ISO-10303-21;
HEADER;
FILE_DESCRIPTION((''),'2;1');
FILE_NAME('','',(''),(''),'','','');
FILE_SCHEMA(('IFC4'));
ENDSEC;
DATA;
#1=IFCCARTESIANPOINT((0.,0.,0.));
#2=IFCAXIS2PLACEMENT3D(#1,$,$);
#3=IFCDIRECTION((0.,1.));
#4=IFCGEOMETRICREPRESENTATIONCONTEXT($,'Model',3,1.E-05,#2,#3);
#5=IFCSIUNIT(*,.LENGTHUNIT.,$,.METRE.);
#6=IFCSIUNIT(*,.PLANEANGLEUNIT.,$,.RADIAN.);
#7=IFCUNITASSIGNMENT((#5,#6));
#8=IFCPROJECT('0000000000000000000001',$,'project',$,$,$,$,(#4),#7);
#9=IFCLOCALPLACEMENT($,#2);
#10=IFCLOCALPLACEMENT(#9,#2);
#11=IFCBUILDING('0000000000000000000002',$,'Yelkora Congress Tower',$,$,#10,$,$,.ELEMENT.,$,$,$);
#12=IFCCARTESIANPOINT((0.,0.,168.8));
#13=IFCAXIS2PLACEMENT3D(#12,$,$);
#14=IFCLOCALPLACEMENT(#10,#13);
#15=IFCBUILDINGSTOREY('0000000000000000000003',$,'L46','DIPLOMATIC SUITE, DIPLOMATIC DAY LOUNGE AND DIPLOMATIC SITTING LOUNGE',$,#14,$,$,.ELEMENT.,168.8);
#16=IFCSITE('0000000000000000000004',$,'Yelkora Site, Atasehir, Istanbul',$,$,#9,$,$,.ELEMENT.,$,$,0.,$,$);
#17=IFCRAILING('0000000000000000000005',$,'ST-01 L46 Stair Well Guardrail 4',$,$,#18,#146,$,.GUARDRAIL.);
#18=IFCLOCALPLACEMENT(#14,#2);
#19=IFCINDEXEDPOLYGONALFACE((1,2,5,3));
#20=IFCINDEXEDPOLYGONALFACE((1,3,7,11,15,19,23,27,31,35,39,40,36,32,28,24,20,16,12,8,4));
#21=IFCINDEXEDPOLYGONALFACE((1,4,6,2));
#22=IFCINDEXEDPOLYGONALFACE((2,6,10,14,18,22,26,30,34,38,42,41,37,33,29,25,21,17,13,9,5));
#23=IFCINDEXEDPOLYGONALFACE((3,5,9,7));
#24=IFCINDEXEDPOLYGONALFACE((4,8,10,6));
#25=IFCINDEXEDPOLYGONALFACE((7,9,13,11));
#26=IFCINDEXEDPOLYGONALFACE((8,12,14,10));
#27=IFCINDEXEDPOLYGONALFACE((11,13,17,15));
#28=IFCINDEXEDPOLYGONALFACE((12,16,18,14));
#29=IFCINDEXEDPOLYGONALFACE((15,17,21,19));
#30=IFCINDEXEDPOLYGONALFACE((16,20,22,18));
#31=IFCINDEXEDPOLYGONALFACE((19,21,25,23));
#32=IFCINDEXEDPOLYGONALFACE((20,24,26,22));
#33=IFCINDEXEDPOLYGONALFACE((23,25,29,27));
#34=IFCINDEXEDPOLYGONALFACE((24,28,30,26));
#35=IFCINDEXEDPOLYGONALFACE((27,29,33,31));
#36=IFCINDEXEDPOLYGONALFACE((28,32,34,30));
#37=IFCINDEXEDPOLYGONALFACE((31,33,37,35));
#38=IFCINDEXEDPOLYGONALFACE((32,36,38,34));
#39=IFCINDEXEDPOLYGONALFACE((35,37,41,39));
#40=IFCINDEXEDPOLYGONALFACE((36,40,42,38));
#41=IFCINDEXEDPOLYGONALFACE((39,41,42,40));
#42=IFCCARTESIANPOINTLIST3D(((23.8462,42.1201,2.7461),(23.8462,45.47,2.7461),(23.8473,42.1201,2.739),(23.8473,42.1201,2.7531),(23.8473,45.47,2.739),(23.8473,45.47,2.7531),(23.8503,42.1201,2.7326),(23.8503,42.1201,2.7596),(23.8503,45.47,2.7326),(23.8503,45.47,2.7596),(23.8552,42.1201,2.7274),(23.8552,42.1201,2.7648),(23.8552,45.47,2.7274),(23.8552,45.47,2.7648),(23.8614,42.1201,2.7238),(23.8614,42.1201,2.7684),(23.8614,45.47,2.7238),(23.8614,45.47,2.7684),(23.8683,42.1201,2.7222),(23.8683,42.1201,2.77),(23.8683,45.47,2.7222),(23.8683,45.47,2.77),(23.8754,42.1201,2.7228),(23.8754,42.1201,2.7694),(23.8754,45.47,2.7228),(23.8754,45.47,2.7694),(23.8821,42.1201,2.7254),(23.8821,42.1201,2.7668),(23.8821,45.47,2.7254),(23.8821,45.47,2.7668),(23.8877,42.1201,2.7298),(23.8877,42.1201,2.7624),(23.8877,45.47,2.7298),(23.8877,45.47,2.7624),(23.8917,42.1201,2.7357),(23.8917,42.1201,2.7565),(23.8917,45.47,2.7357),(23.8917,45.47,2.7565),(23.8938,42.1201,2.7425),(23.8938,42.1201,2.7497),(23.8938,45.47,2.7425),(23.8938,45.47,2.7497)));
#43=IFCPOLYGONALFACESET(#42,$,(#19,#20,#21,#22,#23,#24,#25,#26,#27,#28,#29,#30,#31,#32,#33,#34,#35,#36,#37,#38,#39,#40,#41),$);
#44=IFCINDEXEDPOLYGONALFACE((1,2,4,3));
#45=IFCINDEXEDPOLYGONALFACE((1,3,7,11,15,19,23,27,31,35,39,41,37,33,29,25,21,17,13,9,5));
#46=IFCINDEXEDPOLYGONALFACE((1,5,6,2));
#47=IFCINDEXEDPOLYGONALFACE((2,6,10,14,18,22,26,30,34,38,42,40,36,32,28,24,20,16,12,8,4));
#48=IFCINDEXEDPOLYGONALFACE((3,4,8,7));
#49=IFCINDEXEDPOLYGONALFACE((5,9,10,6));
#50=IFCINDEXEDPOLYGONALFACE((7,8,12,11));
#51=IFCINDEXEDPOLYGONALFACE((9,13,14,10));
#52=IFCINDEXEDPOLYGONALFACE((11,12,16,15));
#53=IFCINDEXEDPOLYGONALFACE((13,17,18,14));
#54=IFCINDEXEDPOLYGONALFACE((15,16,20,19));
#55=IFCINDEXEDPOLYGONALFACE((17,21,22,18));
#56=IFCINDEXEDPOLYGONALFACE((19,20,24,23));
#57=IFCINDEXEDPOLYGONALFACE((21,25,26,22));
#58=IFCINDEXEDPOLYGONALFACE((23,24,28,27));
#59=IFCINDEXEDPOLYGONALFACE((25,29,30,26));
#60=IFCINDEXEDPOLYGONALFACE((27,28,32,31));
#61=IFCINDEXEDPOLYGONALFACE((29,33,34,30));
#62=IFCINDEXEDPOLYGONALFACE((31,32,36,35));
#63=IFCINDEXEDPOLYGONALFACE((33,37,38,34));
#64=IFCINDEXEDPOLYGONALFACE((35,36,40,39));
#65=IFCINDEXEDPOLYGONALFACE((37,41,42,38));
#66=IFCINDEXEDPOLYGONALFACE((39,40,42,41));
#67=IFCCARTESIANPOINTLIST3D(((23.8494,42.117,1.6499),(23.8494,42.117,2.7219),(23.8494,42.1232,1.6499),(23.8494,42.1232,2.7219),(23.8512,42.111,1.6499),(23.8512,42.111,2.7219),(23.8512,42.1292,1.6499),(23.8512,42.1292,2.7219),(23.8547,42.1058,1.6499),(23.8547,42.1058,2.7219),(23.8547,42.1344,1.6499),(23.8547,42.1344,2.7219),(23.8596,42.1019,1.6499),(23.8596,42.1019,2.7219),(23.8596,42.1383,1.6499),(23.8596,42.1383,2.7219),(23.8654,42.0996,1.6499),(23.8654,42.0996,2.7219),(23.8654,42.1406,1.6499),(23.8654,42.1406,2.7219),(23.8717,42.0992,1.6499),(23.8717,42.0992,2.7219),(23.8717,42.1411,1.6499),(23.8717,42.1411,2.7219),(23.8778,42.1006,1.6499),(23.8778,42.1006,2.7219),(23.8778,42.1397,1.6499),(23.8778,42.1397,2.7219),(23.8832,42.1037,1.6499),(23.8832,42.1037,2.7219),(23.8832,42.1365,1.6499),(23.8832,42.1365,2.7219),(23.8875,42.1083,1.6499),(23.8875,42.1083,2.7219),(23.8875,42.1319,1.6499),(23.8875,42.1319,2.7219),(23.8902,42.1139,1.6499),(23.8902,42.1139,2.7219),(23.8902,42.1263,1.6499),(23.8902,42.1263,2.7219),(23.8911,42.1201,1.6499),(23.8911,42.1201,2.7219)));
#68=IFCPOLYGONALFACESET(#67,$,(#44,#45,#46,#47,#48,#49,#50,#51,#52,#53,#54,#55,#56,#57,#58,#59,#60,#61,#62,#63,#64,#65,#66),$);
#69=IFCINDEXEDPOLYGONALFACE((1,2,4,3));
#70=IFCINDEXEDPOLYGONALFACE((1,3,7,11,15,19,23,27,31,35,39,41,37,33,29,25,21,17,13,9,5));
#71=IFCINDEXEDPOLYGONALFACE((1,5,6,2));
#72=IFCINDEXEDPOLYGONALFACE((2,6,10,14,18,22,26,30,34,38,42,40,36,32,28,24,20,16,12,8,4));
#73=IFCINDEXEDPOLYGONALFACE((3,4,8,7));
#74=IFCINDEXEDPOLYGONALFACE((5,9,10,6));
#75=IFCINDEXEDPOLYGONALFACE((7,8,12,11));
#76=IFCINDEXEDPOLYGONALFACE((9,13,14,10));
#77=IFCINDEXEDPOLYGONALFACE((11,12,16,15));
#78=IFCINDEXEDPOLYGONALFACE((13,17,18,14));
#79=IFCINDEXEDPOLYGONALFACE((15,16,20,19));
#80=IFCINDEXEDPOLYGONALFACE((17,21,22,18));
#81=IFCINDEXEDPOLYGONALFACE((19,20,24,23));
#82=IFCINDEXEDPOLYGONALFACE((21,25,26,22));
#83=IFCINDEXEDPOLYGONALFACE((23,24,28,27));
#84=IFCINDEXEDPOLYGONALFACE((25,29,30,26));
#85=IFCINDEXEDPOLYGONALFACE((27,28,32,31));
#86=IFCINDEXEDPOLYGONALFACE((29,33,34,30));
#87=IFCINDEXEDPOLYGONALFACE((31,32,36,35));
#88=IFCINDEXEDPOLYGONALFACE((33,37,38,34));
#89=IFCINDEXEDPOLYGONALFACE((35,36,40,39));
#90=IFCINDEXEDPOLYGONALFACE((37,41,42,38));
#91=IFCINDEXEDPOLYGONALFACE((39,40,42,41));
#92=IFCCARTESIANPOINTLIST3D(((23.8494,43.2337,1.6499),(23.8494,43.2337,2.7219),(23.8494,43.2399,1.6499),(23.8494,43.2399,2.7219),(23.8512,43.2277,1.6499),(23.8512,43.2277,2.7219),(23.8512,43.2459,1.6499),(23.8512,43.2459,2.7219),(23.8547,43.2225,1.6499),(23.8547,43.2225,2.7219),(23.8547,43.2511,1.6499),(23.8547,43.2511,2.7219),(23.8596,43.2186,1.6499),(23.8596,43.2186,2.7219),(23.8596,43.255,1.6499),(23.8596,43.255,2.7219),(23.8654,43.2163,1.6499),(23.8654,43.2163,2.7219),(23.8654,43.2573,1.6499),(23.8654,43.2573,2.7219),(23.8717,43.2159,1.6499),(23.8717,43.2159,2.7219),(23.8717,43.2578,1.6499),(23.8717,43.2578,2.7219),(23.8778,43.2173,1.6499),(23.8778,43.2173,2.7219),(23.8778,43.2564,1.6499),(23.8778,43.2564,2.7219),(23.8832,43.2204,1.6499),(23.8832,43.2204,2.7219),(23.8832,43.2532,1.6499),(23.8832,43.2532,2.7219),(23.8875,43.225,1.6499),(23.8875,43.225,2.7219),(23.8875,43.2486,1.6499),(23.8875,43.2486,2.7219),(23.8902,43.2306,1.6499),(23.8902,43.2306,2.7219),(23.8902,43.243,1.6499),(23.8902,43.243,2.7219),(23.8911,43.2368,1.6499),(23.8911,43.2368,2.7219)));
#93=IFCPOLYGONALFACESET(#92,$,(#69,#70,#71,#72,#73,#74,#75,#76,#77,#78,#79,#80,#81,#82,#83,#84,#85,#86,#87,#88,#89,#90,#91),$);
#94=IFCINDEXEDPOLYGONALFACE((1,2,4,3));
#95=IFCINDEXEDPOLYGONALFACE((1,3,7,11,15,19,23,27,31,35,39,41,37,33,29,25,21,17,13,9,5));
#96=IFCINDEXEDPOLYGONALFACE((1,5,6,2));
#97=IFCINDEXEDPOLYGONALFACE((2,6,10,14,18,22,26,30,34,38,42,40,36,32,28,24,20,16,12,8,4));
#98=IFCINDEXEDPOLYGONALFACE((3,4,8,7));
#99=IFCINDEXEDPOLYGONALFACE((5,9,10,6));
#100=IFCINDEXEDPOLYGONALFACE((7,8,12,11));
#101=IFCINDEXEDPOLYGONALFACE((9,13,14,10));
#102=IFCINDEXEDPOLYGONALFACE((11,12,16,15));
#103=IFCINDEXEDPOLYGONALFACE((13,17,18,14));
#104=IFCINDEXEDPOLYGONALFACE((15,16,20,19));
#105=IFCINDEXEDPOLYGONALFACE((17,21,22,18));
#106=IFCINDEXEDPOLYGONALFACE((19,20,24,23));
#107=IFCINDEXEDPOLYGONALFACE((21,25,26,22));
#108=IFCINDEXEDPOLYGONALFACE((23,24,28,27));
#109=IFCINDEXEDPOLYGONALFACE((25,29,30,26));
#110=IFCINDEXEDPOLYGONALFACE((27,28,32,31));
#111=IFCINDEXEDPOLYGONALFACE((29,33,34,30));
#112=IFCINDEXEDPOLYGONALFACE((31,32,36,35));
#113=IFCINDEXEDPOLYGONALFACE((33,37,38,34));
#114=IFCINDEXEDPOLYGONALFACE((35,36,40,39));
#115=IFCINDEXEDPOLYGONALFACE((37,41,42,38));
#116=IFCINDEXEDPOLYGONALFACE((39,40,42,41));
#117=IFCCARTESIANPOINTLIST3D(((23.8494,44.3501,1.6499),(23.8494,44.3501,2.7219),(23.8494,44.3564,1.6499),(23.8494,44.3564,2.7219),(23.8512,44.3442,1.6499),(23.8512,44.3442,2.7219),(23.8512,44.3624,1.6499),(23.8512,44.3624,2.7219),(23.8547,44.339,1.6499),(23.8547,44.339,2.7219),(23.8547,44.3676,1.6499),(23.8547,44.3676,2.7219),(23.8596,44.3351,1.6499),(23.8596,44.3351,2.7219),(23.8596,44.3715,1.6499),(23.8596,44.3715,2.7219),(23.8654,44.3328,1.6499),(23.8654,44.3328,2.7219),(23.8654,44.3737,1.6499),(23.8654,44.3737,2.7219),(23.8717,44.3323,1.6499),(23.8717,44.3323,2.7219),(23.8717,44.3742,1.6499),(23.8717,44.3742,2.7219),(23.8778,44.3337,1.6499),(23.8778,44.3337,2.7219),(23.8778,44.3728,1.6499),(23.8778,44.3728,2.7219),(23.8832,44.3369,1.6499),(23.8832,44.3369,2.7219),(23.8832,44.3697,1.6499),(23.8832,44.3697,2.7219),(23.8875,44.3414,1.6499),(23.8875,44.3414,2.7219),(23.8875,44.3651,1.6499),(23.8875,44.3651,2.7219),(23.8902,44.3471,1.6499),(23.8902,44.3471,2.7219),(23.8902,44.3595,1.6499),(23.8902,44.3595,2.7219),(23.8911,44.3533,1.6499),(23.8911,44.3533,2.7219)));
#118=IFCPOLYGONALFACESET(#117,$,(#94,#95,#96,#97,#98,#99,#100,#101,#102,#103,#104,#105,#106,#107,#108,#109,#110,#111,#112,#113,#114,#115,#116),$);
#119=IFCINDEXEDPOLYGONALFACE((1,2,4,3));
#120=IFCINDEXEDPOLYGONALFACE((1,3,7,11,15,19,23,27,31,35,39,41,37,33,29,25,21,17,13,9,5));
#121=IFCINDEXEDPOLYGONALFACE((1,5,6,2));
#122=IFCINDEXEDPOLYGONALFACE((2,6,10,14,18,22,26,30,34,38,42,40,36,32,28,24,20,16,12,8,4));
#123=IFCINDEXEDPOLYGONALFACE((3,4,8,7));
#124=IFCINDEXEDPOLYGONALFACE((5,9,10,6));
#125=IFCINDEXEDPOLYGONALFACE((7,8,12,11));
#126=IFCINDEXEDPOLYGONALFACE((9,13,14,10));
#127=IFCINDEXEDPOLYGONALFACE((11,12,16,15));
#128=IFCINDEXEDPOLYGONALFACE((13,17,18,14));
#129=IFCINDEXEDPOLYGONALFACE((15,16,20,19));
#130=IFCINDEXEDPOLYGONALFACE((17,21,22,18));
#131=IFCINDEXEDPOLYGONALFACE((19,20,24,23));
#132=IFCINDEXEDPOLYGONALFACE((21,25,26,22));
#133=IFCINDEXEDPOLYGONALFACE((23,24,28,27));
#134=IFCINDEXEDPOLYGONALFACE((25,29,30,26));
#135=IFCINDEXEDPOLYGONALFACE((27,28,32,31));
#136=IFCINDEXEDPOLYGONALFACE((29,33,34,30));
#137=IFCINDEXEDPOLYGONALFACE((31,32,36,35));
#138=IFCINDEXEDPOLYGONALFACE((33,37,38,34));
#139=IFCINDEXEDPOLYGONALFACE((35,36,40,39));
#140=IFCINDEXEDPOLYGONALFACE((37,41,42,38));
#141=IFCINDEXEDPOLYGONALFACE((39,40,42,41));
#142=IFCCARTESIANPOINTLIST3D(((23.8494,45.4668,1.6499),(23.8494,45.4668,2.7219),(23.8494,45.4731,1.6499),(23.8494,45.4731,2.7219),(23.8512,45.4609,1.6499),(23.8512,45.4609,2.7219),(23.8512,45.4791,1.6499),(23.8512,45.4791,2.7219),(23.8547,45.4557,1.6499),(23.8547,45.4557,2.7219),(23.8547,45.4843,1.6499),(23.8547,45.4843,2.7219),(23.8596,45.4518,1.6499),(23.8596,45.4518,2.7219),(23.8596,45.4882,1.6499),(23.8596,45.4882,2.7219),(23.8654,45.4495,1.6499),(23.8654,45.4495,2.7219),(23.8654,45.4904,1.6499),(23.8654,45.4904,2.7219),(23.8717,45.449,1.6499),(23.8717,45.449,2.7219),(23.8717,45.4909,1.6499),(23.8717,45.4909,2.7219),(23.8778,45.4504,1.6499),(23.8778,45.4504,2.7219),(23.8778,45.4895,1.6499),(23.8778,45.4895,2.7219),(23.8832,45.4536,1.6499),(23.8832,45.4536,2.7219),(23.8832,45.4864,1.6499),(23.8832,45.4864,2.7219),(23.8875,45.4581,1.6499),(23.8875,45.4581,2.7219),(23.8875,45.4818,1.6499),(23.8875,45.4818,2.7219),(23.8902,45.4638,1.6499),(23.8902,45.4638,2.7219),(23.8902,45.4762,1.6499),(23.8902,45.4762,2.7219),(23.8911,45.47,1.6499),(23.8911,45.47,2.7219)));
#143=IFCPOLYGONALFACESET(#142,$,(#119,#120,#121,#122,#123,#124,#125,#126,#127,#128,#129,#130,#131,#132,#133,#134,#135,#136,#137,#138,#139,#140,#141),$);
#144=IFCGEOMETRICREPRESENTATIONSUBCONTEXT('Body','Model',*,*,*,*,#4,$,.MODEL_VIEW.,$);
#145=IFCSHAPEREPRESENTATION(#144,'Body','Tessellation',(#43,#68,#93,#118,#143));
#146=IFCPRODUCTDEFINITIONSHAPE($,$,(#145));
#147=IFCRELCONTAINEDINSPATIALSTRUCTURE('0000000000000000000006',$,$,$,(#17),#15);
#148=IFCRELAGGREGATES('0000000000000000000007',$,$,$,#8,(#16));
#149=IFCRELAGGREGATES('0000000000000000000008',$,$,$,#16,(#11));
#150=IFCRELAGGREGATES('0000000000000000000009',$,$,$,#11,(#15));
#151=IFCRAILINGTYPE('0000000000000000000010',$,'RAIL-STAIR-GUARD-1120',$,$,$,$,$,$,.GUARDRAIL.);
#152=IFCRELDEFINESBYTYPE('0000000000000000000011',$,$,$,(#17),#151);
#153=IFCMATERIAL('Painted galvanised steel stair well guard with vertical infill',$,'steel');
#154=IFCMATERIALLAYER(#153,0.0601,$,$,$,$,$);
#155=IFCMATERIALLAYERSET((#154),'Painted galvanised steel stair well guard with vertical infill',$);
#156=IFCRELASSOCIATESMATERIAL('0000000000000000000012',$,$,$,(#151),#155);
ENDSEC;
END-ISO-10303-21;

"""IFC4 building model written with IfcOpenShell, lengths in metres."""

from ifc_helpers import new_model, si_unit, direction, frame, origin, origin_2d, place, context, subcontext, project, spatial, circle, extrude, material, layer, layer_set, type_object, element, save


model = new_model("IFC4")

# Units and contexts
model_context = context("Model", 3, precision=1e-05, world=origin(), true_north=direction((0.0, 1.0)))
body_context = subcontext(model_context, "Body", "Model", "MODEL_VIEW")
ifc_project = project(units=[si_unit("LENGTHUNIT", "METRE"), si_unit("PLANEANGLEUNIT", "RADIAN")], contexts=[model_context])

# Site, building, storey
site_placement = place(None, origin())
site = spatial("IfcSite", under=ifc_project, at=site_placement, Name="Yelkora Site, Atasehir, Istanbul", CompositionType="ELEMENT", RefElevation=0.0)
building_placement = place(site_placement, origin())
building = spatial("IfcBuilding", under=site, at=building_placement, Name="Yelkora Congress Tower", CompositionType="ELEMENT")
storey_placement = place(building_placement, frame((0.0, 0.0, 168.8)))
storey = spatial("IfcBuildingStorey", under=building, at=storey_placement, Name="L46", Description="DIPLOMATIC SUITE, DIPLOMATIC DAY LOUNGE AND DIPLOMATIC SITTING LOUNGE", CompositionType="ELEMENT", Elevation=168.8)

# Railing
ifc_material_1 = material(Name="Painted galvanised steel stair well guard with vertical infill", Category="steel")
ifc_layer_1 = layer(ifc_material_1, 0.0601)
ifc_layer_set_1 = layer_set([ifc_layer_1], Name="Painted galvanised steel stair well guard with vertical infill")
railing_type = type_object("IfcRailingType", Name="RAIL-STAIR-GUARD-1120", PredefinedType="GUARDRAIL", material=ifc_layer_set_1)
for number, where, name in (
    (1, (23.8701, 42.1201, 1.6499), "ST-01 L46 Stair Well Guardrail 4"),
):
    element("IfcRailing", number, at=place(storey_placement, frame(where)), inside=storey, type_object=railing_type, Name=name, PredefinedType="GUARDRAIL", context=body_context, shape_type="SweptSolid", body=[
        extrude(circle(Radius=0.0239, at=origin_2d()), frame((0.0, 0.0, 1.0962), z_axis=(0.0, 1.0, 0.0), x_axis=(-1.0, 0.0, 0.0)), (0.0, 0.0, 1.0), 3.3499),
        extrude(circle(Radius=0.021, at=origin_2d()), origin(), (0.0, 0.0, 1.0), 1.072),
        extrude(circle(Radius=0.021, at=origin_2d()), frame((0.0, 1.1167, 0.0)), (0.0, 0.0, 1.0), 1.072),
        extrude(circle(Radius=0.021, at=origin_2d()), frame((0.0, 2.2332, 0.0)), (0.0, 0.0, 1.0), 1.072),
        extrude(circle(Radius=0.021, at=origin_2d()), frame((0.0, 3.3499, 0.0)), (0.0, 0.0, 1.0), 1.072),
    ])

save(model, "model.ifc")
